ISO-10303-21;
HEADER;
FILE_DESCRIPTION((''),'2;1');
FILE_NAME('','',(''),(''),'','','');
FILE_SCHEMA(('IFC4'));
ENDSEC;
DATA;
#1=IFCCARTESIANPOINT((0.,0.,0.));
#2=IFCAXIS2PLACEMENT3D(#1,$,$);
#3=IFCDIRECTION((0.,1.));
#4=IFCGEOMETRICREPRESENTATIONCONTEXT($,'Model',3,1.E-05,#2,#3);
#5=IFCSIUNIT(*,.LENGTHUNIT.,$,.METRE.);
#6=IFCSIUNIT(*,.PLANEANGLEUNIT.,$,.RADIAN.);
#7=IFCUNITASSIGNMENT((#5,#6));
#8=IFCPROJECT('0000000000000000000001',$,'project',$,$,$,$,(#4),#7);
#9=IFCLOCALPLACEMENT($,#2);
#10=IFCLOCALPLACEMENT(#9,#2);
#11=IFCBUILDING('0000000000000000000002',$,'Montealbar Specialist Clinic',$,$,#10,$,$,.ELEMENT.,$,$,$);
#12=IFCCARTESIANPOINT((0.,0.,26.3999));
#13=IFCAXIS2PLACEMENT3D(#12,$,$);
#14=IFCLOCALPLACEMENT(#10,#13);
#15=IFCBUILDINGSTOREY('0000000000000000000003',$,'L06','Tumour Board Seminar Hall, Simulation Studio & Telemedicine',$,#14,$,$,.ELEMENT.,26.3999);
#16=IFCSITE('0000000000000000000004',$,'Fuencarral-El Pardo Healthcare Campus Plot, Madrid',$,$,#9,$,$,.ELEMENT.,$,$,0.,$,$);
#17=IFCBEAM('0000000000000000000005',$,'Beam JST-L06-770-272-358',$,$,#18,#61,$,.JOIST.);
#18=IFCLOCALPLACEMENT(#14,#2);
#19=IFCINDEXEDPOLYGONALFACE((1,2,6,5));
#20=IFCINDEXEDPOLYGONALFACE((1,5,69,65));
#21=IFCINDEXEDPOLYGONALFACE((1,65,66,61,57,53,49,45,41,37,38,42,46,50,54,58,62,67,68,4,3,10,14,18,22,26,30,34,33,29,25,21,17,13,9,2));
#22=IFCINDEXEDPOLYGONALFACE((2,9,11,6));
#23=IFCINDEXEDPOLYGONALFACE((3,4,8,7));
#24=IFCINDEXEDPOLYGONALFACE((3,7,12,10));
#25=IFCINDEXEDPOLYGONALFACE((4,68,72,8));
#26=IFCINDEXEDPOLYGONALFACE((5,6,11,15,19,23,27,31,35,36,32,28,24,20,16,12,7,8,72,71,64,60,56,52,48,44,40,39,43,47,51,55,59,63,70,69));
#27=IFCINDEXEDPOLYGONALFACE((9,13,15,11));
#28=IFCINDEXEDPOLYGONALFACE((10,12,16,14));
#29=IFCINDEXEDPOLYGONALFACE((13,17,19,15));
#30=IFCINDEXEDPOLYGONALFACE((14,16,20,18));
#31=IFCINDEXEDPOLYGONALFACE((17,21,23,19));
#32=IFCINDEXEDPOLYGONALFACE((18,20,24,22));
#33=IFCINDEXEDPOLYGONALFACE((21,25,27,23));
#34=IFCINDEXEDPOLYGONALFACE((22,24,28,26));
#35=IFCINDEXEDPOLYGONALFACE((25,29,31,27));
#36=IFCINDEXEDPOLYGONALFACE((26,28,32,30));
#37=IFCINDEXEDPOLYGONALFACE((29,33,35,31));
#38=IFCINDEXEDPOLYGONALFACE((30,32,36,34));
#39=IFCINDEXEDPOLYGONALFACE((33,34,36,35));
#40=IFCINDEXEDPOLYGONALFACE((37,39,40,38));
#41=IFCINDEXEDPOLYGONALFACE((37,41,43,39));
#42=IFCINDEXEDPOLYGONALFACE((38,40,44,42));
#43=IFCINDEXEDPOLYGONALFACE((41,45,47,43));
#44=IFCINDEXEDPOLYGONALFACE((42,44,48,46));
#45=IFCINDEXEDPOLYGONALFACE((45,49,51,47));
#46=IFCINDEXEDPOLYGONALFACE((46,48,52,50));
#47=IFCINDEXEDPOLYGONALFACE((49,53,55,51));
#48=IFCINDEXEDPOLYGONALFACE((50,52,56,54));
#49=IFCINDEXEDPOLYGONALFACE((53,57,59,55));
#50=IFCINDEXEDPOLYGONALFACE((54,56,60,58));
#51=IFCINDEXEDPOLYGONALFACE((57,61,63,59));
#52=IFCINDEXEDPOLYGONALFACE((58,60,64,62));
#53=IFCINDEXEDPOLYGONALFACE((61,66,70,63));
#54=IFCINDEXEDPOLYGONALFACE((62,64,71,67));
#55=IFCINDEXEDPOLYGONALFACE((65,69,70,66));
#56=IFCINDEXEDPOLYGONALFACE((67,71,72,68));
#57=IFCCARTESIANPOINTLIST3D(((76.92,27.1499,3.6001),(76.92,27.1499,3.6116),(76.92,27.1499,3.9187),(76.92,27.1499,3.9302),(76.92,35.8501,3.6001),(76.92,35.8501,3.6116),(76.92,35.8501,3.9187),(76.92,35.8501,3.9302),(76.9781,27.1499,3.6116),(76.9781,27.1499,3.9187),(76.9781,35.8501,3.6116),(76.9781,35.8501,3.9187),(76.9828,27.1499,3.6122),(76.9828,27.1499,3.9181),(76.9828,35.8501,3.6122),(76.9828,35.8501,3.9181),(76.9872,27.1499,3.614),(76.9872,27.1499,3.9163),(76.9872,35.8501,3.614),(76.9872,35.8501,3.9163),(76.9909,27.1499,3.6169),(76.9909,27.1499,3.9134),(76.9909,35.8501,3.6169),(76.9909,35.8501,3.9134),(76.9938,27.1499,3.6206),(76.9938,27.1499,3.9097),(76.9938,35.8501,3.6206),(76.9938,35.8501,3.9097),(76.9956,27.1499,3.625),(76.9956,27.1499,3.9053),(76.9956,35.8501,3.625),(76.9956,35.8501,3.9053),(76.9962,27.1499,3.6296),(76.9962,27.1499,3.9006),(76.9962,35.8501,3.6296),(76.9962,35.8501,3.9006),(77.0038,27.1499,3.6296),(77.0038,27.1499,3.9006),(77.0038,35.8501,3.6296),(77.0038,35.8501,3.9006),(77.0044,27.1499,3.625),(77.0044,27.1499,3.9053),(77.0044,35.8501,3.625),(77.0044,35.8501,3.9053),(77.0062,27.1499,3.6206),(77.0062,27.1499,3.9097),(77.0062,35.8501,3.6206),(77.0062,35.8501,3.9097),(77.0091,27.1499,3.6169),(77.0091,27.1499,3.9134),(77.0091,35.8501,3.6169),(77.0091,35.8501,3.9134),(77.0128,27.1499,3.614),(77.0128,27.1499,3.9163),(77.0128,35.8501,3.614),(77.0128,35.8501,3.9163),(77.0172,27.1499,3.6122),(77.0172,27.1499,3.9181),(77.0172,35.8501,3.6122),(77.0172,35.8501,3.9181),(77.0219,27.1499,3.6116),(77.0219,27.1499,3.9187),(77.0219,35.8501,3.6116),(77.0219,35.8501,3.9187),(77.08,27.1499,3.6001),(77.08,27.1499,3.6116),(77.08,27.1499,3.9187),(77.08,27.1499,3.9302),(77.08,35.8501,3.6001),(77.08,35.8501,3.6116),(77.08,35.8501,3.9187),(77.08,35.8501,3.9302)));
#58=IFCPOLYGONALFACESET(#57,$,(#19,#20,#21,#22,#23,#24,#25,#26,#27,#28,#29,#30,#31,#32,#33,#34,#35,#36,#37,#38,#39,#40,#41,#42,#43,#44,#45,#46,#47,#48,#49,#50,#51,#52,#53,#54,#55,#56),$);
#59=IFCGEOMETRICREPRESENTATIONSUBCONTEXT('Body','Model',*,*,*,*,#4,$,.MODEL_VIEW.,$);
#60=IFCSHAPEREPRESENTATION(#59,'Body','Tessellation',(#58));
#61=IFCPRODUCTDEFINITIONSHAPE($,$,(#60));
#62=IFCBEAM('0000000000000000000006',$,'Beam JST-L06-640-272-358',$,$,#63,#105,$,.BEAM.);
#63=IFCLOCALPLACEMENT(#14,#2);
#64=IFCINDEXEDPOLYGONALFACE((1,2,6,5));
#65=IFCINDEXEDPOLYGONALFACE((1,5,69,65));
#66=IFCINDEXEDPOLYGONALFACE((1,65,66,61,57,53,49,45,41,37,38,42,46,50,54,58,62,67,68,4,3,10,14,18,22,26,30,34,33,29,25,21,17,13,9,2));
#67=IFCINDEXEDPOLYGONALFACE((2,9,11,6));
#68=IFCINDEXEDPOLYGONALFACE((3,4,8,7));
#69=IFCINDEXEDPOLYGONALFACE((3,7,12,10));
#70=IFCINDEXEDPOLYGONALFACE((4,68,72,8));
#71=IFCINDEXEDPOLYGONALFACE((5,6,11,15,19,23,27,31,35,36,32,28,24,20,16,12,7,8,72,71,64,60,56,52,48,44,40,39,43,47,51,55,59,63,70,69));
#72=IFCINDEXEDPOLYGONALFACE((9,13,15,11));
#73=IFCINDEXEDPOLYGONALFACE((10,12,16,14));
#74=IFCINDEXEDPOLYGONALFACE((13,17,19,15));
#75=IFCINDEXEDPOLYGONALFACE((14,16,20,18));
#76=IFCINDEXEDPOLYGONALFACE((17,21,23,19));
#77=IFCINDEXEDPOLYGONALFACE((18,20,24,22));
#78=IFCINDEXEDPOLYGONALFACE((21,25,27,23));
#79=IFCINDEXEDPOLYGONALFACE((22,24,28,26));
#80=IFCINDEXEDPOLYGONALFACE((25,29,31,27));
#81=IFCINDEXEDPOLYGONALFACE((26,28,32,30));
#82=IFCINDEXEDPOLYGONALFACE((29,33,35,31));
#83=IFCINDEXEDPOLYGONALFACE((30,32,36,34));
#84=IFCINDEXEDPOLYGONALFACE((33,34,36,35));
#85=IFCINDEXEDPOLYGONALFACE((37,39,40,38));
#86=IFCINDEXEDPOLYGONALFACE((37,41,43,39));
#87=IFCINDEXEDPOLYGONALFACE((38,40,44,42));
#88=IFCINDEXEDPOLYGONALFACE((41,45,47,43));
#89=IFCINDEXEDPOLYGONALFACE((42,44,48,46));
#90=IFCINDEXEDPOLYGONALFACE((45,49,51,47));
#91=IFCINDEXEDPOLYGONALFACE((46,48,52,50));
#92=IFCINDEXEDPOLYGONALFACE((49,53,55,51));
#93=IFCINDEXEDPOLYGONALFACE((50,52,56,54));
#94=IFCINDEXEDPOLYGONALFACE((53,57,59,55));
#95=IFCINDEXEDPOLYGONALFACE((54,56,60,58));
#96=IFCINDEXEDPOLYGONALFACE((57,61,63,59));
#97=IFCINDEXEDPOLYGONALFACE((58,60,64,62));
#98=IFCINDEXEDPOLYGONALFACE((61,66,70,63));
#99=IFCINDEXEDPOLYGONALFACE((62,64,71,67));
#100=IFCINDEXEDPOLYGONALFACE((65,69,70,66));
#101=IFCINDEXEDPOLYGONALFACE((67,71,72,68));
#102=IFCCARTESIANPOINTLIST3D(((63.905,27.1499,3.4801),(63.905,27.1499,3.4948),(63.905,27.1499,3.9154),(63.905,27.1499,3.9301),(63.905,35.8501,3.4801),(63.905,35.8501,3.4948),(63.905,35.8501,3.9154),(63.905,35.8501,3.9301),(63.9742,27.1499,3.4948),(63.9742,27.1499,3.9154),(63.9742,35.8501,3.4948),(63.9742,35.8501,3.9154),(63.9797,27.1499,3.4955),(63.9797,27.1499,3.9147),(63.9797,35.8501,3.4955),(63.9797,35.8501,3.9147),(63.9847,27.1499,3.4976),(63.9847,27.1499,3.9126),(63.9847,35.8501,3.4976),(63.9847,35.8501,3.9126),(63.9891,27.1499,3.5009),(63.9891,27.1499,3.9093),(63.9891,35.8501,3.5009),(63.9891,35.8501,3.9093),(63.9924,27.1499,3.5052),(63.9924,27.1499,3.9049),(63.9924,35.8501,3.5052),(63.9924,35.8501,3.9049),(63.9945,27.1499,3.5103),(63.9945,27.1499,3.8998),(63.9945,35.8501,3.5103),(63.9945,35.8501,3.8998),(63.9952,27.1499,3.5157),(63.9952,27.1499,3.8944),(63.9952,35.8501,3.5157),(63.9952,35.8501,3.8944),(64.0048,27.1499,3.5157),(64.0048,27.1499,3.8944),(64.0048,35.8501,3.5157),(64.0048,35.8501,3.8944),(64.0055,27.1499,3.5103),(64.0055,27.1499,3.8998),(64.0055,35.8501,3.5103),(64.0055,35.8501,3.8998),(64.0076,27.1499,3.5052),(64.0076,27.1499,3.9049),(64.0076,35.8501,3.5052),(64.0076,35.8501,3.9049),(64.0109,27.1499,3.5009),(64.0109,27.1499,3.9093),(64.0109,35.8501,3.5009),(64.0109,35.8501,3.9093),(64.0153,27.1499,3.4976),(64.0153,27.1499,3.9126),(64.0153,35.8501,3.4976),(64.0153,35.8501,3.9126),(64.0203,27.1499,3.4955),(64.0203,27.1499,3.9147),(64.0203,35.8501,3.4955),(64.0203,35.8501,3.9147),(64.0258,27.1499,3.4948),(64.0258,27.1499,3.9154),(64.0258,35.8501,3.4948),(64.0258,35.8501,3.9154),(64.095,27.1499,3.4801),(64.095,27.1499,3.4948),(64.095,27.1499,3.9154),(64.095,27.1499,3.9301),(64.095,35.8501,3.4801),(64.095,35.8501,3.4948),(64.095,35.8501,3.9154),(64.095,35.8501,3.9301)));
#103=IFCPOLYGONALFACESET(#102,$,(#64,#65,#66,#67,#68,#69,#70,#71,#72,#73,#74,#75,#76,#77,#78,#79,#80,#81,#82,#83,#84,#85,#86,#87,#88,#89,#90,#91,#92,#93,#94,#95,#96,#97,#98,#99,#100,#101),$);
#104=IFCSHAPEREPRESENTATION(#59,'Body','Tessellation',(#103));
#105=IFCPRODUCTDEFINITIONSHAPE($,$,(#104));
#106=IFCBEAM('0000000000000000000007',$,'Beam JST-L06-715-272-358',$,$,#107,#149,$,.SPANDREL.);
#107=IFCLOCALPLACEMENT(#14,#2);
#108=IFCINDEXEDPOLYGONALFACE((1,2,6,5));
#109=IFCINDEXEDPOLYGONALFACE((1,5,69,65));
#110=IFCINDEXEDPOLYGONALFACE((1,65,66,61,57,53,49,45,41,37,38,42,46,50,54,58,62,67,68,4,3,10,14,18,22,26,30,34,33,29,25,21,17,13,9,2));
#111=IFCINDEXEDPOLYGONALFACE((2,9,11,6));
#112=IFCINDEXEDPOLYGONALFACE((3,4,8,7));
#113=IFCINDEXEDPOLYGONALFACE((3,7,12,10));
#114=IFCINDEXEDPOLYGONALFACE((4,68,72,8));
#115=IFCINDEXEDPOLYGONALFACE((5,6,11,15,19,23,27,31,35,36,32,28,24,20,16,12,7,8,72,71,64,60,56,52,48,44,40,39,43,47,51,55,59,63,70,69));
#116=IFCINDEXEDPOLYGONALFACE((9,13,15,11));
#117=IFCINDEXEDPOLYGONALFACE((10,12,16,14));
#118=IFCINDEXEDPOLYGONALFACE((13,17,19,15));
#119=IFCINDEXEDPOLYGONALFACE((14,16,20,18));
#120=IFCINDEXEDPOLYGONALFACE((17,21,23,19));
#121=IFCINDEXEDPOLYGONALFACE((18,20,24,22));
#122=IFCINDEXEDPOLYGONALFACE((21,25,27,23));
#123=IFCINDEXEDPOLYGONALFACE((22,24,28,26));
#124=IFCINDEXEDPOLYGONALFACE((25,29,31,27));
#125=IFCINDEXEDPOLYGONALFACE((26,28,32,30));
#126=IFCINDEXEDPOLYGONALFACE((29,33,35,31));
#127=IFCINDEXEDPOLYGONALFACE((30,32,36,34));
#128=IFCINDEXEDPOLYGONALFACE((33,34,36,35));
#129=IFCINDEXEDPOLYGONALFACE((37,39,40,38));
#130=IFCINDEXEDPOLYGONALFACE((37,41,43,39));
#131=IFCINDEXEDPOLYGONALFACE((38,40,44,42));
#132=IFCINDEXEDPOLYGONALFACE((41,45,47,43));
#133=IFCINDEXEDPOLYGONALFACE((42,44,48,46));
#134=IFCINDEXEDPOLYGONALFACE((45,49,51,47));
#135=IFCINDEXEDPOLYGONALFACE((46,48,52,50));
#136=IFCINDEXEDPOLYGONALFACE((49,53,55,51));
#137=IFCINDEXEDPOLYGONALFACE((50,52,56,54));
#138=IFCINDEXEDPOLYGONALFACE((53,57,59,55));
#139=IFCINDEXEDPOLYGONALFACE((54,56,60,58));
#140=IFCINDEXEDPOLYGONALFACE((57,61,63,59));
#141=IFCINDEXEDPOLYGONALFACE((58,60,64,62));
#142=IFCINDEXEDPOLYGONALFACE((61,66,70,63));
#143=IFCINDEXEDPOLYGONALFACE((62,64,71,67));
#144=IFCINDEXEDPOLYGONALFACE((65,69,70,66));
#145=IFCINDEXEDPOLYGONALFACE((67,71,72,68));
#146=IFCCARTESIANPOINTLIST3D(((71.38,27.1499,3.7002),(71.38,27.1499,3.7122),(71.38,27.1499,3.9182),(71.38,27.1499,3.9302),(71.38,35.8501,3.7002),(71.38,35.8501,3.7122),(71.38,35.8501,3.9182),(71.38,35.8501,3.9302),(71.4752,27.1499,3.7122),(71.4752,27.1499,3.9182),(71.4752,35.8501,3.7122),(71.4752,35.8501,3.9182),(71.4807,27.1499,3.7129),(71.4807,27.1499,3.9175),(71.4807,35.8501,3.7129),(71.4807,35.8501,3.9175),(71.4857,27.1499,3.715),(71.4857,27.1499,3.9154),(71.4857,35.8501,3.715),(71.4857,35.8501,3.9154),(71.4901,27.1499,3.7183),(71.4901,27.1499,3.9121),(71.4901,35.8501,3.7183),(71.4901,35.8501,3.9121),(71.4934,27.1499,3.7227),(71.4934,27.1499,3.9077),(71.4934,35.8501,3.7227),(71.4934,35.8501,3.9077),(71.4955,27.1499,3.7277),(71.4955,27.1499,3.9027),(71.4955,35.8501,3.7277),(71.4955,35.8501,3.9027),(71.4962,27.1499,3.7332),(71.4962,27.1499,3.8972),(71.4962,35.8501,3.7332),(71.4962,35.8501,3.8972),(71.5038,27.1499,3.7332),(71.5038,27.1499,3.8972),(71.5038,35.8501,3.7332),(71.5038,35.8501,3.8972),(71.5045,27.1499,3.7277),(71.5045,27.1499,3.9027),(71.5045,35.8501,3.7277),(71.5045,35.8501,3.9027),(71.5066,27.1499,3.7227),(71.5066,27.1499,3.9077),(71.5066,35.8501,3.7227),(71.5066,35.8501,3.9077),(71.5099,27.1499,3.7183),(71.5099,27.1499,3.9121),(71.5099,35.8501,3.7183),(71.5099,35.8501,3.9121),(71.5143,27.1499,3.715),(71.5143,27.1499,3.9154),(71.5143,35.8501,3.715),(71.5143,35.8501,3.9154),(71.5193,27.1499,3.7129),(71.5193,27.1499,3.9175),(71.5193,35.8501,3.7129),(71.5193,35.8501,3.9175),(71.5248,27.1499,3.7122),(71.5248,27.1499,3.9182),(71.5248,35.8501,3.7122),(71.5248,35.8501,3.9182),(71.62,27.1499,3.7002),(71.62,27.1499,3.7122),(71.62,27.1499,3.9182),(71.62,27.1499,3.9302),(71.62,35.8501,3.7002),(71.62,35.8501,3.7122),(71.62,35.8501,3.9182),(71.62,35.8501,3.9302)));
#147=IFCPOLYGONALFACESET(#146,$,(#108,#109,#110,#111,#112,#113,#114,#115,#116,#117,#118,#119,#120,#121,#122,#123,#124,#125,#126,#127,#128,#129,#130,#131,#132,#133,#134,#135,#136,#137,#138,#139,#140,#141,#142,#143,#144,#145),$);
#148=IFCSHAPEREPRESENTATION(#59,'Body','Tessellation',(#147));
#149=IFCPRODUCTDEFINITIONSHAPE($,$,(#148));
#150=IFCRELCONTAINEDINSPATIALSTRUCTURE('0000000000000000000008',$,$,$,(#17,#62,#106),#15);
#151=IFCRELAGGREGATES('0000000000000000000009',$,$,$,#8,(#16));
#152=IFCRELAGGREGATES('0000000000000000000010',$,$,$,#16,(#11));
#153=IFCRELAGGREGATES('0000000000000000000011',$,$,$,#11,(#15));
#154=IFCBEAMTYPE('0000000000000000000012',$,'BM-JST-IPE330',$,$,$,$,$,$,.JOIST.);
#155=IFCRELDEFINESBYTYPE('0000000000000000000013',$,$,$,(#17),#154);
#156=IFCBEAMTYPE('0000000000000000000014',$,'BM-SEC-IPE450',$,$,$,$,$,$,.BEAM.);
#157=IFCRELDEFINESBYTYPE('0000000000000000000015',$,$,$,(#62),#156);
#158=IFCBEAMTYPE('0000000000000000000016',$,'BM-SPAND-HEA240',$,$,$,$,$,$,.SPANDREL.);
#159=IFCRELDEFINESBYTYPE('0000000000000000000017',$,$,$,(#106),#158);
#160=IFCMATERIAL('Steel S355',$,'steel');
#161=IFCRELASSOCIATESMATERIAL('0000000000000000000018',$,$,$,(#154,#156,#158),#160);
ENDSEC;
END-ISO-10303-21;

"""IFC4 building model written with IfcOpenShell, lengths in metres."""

from ifc_helpers import new_model, si_unit, direction, frame, origin, origin_2d, place, context, subcontext, project, spatial, i_section, extrude, material, material_profile, profile_set, type_object, element, save


model = new_model("IFC4")

# Units and contexts
model_context = context("Model", 3, precision=1e-05, world=origin(), true_north=direction((0.0, 1.0)))
body_context = subcontext(model_context, "Body", "Model", "MODEL_VIEW")
ifc_project = project(units=[si_unit("LENGTHUNIT", "METRE"), si_unit("PLANEANGLEUNIT", "RADIAN")], contexts=[model_context])

# Site, building, storey
site_placement = place(None, origin())
site = spatial("IfcSite", under=ifc_project, at=site_placement, Name="Fuencarral-El Pardo Healthcare Campus Plot, Madrid", CompositionType="ELEMENT", RefElevation=0.0)
building_placement = place(site_placement, origin())
building = spatial("IfcBuilding", under=site, at=building_placement, Name="Montealbar Specialist Clinic", CompositionType="ELEMENT")
storey_placement = place(building_placement, frame((0.0, 0.0, 26.3999)))
storey = spatial("IfcBuildingStorey", under=building, at=storey_placement, Name="L06", Description="Tumour Board Seminar Hall, Simulation Studio & Telemedicine", CompositionType="ELEMENT", Elevation=26.3999)

# Shared definitions
ifc_material_1 = material(Name="Steel S355", Category="steel")

# Beams
ifc_material_profile_1 = material_profile(ifc_material_1, i_section(OverallWidth=0.1599, OverallDepth=0.3301, WebThickness=0.0076, FlangeThickness=0.0115, FilletRadius=0.0181, at=origin_2d()), Name="IPE 330", Category="steel")
ifc_profile_set_1 = profile_set([ifc_material_profile_1], Name="Steel S355")
beam_type_1 = type_object("IfcBeamType", Name="BM-JST-IPE330", PredefinedType="JOIST", material=ifc_profile_set_1)
beam_1_placement = place(storey_placement, frame((77.0, 27.1499, 3.7651), z_axis=(0.0, 1.0, 0.0), x_axis=(-1.0, 0.0, 0.0)))
element("IfcBeam", 1, at=beam_1_placement, inside=storey, type_object=beam_type_1, Name="Beam JST-L06-770-272-358", PredefinedType="JOIST", context=body_context, shape_type="SweptSolid", body=[
    extrude(i_section(OverallWidth=0.1599, OverallDepth=0.3301, WebThickness=0.0076, FlangeThickness=0.0115, FilletRadius=0.0181, at=origin_2d()), origin(), (0.0, 0.0, 1.0), 8.7002),
])
ifc_material_profile_2 = material_profile(ifc_material_1, i_section(OverallWidth=0.1899, OverallDepth=0.45, WebThickness=0.0095, FlangeThickness=0.0146, FilletRadius=0.021, at=origin_2d()), Name="IPE 450", Category="steel")
ifc_profile_set_2 = profile_set([ifc_material_profile_2], Name="Steel S355")
beam_type_2 = type_object("IfcBeamType", Name="BM-SEC-IPE450", PredefinedType="BEAM", material=ifc_profile_set_2)
beam_2_placement = place(storey_placement, frame((64.0, 27.1499, 3.7051), z_axis=(0.0, 1.0, 0.0), x_axis=(-1.0, 0.0, 0.0)))
element("IfcBeam", 2, at=beam_2_placement, inside=storey, type_object=beam_type_2, Name="Beam JST-L06-640-272-358", PredefinedType="BEAM", context=body_context, shape_type="SweptSolid", body=[
    extrude(i_section(OverallWidth=0.1899, OverallDepth=0.45, WebThickness=0.0095, FlangeThickness=0.0146, FilletRadius=0.021, at=origin_2d()), origin(), (0.0, 0.0, 1.0), 8.7002),
])
ifc_material_profile_3 = material_profile(ifc_material_1, i_section(OverallWidth=0.24, OverallDepth=0.23, WebThickness=0.0076, FlangeThickness=0.012, FilletRadius=0.021, at=origin_2d()), Name="HEA 240", Category="steel")
ifc_profile_set_3 = profile_set([ifc_material_profile_3], Name="Steel S355")
beam_type_3 = type_object("IfcBeamType", Name="BM-SPAND-HEA240", PredefinedType="SPANDREL", material=ifc_profile_set_3)
beam_3_placement = place(storey_placement, frame((71.5, 27.1499, 3.8152), z_axis=(0.0, 1.0, 0.0), x_axis=(-1.0, 0.0, 0.0)))
element("IfcBeam", 3, at=beam_3_placement, inside=storey, type_object=beam_type_3, Name="Beam JST-L06-715-272-358", PredefinedType="SPANDREL", context=body_context, shape_type="SweptSolid", body=[
    extrude(i_section(OverallWidth=0.24, OverallDepth=0.23, WebThickness=0.0076, FlangeThickness=0.012, FilletRadius=0.021, at=origin_2d()), origin(), (0.0, 0.0, 1.0), 8.7002),
])

save(model, "model.ifc")
